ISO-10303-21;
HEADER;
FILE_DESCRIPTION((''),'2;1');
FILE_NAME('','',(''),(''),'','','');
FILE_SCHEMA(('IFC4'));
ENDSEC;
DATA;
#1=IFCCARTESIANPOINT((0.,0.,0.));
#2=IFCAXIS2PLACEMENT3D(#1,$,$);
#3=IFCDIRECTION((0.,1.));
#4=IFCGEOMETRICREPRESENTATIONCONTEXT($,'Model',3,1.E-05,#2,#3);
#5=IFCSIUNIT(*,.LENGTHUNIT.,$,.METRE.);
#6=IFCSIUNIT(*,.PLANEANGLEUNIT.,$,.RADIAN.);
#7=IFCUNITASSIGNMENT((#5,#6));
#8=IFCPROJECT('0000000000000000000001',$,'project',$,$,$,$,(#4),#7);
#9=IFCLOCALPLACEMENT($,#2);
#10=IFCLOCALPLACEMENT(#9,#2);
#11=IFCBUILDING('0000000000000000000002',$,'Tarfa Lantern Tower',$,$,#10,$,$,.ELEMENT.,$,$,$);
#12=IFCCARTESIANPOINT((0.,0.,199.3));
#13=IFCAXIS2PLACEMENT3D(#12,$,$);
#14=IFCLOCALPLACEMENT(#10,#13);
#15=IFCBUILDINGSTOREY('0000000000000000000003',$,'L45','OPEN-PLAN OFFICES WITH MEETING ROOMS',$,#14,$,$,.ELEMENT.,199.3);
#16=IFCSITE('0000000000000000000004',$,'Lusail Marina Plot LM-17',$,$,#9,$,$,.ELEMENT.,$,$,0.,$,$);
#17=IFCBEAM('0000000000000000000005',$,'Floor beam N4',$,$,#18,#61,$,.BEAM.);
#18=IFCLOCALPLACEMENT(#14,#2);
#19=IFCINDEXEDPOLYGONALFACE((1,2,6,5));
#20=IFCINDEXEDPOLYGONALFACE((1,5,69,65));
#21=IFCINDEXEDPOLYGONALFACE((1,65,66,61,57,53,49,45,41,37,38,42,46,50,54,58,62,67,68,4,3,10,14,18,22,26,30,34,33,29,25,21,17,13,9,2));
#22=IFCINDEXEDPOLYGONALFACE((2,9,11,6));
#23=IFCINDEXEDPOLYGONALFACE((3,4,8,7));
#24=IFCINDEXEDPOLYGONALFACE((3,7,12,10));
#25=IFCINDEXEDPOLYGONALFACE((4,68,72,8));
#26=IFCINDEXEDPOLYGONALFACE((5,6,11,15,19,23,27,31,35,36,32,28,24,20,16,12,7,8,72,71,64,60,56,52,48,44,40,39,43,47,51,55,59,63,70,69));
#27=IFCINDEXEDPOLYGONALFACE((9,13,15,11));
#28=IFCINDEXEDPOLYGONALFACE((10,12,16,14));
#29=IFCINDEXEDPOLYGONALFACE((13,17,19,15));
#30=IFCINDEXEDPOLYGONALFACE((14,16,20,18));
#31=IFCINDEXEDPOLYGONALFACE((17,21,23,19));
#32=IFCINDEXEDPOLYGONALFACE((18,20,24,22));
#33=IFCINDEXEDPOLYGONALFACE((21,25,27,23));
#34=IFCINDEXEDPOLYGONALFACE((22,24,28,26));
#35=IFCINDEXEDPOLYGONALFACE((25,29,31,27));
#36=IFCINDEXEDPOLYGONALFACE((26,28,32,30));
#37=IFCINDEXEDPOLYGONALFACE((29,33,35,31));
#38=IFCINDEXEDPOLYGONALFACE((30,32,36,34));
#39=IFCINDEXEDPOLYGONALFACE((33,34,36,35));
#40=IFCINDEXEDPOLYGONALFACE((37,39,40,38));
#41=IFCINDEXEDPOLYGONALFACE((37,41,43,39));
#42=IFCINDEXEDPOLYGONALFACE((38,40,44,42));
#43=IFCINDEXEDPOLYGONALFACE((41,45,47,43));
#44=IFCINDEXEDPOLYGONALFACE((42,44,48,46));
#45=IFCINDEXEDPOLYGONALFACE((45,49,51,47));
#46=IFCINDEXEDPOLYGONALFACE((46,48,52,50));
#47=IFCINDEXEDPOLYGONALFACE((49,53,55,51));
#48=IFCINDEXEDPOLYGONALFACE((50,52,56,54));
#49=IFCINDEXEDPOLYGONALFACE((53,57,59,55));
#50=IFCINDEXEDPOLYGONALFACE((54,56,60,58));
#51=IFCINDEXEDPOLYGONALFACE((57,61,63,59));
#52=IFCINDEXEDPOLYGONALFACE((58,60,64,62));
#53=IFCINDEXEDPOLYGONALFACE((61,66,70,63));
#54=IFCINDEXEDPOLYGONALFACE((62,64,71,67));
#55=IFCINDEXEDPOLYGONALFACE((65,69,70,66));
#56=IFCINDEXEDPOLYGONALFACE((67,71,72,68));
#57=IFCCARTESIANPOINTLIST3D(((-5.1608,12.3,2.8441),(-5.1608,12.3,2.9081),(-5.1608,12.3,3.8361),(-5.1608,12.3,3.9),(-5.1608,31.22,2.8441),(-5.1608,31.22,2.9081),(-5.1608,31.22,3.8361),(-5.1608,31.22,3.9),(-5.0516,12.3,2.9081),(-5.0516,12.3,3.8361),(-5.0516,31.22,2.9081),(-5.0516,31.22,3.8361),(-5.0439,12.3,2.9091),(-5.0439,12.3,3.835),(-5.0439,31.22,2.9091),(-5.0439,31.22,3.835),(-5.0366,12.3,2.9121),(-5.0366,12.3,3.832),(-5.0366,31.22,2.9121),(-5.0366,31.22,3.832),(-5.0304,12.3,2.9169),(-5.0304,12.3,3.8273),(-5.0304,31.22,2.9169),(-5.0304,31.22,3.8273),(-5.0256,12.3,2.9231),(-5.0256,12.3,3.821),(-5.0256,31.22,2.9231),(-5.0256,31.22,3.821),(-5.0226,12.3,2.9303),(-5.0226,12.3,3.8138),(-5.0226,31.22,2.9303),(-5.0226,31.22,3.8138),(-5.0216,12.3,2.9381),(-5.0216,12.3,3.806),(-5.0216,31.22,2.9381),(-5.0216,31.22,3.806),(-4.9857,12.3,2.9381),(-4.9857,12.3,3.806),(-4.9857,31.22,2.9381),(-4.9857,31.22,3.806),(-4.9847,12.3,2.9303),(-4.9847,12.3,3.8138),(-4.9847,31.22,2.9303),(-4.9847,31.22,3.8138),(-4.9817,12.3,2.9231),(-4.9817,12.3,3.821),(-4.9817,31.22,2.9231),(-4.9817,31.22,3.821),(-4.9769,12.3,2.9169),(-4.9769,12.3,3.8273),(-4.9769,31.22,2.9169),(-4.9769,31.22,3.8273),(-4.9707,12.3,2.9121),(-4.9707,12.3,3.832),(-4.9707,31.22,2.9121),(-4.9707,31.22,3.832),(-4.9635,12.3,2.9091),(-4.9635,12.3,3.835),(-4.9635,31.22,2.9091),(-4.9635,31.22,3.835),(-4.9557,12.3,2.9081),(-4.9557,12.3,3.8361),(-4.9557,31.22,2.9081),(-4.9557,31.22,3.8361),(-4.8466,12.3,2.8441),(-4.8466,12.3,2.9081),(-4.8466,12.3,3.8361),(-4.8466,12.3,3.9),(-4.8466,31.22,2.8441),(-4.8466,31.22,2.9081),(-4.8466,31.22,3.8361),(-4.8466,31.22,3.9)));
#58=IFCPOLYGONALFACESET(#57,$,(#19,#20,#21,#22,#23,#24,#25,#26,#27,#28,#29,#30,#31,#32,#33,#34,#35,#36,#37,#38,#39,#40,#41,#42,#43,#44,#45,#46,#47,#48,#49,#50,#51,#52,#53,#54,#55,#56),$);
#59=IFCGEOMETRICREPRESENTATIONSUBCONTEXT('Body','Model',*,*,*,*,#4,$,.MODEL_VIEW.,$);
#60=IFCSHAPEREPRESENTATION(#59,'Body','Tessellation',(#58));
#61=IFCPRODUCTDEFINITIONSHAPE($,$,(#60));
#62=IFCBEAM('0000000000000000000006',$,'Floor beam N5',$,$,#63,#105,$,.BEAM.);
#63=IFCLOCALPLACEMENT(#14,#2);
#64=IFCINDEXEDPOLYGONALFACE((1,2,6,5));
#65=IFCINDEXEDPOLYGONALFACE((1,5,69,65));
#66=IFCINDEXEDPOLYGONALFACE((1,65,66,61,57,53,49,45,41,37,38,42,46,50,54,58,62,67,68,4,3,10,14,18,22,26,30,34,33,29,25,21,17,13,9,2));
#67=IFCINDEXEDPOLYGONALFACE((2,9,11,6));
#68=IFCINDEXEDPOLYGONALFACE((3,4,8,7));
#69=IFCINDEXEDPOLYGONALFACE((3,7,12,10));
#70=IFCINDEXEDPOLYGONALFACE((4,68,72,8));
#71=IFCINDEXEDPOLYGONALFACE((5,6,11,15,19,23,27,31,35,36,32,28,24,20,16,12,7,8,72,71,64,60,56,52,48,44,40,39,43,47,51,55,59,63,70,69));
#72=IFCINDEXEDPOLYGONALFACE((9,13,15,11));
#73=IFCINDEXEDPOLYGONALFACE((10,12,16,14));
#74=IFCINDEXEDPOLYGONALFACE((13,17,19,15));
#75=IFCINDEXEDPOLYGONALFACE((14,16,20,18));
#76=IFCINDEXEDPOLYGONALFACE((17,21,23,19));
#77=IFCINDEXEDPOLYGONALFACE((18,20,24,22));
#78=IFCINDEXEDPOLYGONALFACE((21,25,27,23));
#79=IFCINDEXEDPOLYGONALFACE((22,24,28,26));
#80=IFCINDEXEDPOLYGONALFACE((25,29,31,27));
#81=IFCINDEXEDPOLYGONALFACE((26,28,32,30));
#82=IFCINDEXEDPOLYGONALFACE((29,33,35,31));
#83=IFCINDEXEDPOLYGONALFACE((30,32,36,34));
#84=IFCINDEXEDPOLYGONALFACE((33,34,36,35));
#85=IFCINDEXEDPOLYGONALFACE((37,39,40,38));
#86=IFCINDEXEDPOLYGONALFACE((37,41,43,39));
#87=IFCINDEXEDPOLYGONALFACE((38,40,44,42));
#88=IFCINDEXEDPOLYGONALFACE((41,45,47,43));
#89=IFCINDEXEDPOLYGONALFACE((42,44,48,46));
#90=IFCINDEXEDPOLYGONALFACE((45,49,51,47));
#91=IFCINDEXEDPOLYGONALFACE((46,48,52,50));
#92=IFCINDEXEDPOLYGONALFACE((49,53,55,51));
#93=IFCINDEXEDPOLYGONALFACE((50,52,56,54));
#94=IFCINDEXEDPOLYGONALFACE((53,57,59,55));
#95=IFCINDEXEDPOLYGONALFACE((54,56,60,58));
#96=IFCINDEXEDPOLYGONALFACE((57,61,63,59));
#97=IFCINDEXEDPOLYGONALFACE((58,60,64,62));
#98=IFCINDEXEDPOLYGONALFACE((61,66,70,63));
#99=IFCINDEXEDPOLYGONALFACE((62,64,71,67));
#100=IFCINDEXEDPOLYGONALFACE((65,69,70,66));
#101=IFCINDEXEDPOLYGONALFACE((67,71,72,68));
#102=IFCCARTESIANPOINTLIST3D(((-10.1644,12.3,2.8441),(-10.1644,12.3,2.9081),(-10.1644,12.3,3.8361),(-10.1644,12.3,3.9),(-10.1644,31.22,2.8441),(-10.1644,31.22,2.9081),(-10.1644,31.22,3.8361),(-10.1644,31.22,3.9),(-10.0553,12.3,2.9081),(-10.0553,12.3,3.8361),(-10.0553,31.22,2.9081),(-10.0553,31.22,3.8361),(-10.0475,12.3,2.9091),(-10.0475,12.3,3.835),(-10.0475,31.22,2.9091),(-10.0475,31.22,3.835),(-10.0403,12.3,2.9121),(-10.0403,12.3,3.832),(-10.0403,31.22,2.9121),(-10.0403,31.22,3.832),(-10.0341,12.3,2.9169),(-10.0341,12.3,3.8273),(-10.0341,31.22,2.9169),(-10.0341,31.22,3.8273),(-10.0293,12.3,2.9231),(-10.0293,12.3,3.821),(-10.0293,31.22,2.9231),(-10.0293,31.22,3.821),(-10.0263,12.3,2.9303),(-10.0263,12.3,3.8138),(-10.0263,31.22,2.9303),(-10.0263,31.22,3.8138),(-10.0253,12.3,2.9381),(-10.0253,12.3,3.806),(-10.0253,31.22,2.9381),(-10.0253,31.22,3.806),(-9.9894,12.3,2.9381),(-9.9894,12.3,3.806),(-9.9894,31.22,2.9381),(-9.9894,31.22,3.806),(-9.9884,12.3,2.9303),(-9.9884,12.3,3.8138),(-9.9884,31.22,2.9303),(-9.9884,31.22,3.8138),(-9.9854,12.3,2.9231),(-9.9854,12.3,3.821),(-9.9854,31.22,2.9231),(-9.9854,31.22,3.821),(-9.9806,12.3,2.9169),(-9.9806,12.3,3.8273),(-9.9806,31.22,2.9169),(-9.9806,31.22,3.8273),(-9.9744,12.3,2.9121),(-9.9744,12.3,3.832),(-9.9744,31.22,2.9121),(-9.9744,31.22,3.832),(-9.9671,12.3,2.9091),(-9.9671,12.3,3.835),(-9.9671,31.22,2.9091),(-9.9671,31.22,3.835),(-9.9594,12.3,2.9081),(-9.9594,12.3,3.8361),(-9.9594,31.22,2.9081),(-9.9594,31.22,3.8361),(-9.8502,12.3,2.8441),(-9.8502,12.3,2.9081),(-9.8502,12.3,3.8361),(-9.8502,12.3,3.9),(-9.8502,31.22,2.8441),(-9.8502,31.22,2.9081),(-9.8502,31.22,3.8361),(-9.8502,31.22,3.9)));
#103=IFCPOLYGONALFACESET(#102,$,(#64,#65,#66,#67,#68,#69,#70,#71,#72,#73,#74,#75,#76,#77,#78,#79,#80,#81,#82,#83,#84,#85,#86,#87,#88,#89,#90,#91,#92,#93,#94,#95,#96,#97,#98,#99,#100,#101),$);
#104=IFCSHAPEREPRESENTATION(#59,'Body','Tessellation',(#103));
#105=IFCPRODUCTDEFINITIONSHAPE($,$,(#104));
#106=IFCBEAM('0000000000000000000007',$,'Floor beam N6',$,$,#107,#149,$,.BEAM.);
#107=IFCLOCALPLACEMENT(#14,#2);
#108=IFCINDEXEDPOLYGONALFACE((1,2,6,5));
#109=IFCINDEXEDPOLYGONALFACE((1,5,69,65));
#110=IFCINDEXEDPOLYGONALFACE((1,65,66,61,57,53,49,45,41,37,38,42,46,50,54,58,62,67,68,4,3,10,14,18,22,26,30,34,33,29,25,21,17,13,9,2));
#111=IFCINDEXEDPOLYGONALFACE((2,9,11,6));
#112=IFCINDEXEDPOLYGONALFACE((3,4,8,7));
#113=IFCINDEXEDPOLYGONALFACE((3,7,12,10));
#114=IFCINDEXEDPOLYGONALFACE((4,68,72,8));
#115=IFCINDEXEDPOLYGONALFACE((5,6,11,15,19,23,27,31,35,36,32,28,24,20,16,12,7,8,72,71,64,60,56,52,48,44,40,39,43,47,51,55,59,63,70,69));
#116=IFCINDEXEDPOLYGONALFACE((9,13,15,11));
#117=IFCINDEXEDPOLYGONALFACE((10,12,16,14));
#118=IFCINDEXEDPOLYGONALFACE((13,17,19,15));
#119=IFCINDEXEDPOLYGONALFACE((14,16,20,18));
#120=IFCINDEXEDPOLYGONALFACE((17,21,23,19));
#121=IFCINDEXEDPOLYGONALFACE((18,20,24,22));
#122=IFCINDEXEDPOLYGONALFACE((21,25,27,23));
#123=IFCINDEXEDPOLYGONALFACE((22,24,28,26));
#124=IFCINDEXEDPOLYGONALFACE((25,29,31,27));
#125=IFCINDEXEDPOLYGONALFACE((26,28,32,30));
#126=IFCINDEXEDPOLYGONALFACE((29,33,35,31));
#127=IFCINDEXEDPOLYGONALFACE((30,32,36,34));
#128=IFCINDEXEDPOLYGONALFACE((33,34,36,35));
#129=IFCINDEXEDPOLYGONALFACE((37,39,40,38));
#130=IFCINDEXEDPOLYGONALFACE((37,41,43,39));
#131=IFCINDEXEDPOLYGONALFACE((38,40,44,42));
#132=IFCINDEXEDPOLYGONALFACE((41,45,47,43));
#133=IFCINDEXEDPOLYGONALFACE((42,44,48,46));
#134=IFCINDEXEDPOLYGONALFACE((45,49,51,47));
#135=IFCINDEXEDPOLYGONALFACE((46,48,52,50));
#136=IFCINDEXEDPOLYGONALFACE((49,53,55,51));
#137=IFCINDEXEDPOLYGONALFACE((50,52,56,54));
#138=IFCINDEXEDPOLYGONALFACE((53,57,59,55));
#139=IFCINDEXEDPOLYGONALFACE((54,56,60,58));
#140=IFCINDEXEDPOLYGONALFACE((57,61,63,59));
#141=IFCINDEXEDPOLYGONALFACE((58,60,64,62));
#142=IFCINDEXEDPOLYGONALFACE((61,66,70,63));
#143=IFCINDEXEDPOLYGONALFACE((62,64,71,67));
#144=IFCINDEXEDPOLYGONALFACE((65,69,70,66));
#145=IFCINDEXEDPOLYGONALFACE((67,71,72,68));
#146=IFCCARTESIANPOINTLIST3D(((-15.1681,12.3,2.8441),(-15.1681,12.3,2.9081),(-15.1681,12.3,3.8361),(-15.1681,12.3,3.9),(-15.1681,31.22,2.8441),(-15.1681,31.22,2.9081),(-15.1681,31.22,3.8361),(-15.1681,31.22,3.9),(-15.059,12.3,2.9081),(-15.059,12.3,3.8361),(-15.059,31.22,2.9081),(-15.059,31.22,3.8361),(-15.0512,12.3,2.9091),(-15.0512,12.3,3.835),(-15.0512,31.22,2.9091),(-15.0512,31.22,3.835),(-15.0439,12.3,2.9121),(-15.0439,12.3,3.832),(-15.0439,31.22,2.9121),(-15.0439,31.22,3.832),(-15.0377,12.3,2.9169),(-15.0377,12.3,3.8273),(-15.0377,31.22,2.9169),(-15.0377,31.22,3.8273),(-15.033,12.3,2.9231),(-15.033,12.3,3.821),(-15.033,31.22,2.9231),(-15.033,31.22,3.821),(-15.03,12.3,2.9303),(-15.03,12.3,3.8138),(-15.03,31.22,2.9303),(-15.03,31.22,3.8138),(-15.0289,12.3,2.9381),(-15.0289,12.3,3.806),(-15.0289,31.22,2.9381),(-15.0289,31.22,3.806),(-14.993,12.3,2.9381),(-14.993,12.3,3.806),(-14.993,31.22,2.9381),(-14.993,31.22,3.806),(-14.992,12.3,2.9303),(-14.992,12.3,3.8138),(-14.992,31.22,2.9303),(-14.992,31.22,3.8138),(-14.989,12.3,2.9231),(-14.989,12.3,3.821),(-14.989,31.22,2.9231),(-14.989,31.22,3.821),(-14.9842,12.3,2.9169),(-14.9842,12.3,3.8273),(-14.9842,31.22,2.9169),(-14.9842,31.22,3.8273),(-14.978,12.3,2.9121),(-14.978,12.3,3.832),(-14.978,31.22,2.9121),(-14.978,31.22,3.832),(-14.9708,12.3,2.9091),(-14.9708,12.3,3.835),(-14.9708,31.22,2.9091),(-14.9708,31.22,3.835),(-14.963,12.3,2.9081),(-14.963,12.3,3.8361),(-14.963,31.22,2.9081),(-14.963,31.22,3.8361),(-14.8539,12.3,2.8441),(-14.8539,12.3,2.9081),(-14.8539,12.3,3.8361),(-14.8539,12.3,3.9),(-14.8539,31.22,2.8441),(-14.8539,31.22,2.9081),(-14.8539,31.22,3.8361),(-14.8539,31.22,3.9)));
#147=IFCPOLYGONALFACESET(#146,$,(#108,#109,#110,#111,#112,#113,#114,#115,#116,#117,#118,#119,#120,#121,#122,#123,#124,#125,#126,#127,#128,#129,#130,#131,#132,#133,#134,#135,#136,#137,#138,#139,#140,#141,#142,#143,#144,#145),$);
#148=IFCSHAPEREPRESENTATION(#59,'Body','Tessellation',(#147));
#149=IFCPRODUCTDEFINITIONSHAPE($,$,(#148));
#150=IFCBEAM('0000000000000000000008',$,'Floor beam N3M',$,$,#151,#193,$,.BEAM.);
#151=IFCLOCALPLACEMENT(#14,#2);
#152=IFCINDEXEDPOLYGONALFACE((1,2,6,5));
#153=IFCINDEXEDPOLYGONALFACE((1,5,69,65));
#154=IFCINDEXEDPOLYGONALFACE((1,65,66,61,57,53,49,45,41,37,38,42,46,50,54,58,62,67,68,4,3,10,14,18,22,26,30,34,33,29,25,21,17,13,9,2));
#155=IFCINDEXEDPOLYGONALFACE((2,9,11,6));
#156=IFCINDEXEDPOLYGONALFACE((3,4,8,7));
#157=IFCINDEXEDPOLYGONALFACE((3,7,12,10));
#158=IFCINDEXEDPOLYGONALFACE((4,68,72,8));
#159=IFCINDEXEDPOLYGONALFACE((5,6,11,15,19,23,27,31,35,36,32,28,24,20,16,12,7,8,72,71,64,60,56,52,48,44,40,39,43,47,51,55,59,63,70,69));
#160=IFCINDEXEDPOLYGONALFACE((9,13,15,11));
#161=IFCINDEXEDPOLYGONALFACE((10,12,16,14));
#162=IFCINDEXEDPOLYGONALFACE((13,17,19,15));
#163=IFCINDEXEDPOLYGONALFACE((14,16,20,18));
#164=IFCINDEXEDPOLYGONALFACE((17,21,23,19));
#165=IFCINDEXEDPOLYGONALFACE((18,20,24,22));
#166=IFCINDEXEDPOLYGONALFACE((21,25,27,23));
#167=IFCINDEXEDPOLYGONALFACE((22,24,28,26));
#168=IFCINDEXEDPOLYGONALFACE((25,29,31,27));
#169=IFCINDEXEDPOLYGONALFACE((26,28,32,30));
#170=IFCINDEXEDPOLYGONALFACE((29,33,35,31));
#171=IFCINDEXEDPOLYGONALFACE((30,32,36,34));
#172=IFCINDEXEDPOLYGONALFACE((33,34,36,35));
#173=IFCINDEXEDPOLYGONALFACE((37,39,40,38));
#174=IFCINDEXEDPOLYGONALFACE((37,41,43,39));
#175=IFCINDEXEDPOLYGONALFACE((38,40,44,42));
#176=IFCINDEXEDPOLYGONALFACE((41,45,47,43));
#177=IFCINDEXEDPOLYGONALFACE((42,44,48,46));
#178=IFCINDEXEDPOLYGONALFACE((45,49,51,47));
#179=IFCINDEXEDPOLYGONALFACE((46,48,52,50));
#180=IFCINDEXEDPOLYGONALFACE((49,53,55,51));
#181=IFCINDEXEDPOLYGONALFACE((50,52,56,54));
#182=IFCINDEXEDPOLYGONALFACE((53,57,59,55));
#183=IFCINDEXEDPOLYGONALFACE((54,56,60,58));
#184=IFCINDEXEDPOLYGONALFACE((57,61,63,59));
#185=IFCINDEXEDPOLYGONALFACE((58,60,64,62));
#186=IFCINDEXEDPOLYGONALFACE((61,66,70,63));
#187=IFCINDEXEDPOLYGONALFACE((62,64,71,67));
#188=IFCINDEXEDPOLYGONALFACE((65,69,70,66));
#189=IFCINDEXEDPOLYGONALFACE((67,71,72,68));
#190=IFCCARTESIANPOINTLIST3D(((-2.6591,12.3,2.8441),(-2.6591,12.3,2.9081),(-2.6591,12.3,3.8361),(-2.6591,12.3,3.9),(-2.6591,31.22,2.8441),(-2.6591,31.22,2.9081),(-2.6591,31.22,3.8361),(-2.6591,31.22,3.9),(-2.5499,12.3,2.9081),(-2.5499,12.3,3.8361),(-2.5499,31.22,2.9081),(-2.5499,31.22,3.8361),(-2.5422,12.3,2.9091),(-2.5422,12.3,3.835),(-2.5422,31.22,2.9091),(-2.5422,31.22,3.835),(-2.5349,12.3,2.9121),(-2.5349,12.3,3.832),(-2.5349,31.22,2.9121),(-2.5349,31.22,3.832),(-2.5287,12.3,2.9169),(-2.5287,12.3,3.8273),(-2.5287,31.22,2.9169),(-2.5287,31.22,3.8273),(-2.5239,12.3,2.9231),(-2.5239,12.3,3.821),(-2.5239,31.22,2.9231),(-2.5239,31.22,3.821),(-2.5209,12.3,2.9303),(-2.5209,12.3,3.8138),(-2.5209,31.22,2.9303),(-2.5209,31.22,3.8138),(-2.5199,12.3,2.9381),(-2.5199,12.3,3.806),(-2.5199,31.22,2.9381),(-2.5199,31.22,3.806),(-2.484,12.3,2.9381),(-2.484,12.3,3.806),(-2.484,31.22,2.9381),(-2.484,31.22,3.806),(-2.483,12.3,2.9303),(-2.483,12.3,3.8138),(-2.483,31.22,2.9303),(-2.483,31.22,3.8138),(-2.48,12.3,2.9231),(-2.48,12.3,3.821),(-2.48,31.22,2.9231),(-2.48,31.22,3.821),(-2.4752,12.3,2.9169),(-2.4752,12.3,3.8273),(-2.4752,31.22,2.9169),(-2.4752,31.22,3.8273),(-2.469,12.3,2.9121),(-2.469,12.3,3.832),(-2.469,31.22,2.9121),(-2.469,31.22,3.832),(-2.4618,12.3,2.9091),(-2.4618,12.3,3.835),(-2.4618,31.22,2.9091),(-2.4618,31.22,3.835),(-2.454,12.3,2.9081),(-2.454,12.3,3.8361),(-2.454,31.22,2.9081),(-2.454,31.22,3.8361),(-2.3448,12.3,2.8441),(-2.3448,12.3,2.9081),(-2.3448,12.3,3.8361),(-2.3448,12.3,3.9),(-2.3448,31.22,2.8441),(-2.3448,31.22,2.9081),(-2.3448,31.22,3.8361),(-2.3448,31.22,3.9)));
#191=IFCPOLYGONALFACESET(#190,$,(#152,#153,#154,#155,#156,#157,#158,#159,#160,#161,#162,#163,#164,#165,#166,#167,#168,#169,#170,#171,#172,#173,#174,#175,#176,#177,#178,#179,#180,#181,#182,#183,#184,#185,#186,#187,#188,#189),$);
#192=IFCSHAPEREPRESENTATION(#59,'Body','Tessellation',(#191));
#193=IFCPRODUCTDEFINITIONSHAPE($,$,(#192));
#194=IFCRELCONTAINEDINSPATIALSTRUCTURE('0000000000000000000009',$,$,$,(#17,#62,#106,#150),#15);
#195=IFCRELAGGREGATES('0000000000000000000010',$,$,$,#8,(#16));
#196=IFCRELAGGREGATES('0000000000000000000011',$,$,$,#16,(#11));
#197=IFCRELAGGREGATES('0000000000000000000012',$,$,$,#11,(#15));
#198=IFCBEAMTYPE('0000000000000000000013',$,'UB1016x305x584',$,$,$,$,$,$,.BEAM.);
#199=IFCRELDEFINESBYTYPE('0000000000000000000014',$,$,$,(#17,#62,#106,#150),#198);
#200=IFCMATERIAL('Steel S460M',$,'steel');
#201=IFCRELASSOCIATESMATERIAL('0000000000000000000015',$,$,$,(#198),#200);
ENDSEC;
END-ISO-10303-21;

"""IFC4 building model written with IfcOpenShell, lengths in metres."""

from ifc_helpers import new_model, si_unit, direction, frame, origin, origin_2d, place, context, subcontext, project, spatial, i_section, extrude, material, material_profile, profile_set, type_object, element, save


model = new_model("IFC4")

# Units and contexts
model_context = context("Model", 3, precision=1e-05, world=origin(), true_north=direction((0.0, 1.0)))
body_context = subcontext(model_context, "Body", "Model", "MODEL_VIEW")
ifc_project = project(units=[si_unit("LENGTHUNIT", "METRE"), si_unit("PLANEANGLEUNIT", "RADIAN")], contexts=[model_context])

# Site, building, storey
site_placement = place(None, origin())
site = spatial("IfcSite", under=ifc_project, at=site_placement, Name="Lusail Marina Plot LM-17", CompositionType="ELEMENT", RefElevation=0.0)
building_placement = place(site_placement, origin())
building = spatial("IfcBuilding", under=site, at=building_placement, Name="Tarfa Lantern Tower", CompositionType="ELEMENT")
storey_placement = place(building_placement, frame((0.0, 0.0, 199.3)))
storey = spatial("IfcBuildingStorey", under=building, at=storey_placement, Name="L45", Description="OPEN-PLAN OFFICES WITH MEETING ROOMS", CompositionType="ELEMENT", Elevation=199.3)

# Beams
ifc_material_1 = material(Name="Steel S460M", Category="steel")
ifc_material_profile_1 = material_profile(ifc_material_1, i_section(OverallWidth=0.3142, OverallDepth=1.0559, WebThickness=0.0359, FlangeThickness=0.064, FilletRadius=0.03, at=origin_2d()), Name="UB1016x305x584")
ifc_profile_set_1 = profile_set([ifc_material_profile_1], Name="Steel S460M")
beam_type_1 = type_object("IfcBeamType", Name="UB1016x305x584", PredefinedType="BEAM", material=ifc_profile_set_1)
for number, where, z_axis, x_axis, name in (
    (1, (-5.0037, 31.22, 3.3721), (0.0, -1.0, 0.0), (1.0, 0.0, 0.0), "Floor beam N4"),
    (2, (-10.0073, 31.22, 3.3721), (0.0, -1.0, 0.0), (1.0, 0.0, 0.0), "Floor beam N5"),
    (3, (-15.011, 31.22, 3.3721), (0.0, -1.0, 0.0), (1.0, 0.0, 0.0), "Floor beam N6"),
    (4, (-2.502, 31.22, 3.3721), (0.0, -1.0, 0.0), (1.0, 0.0, 0.0), "Floor beam N3M"),
):
    element("IfcBeam", number, at=place(storey_placement, frame(where, z_axis=z_axis, x_axis=x_axis)), inside=storey, type_object=beam_type_1, Name=name, PredefinedType="BEAM", context=body_context, shape_type="SweptSolid", body=[
        extrude(i_section(OverallWidth=0.3142, OverallDepth=1.0559, WebThickness=0.0359, FlangeThickness=0.064, FilletRadius=0.03, at=origin_2d()), origin(), (0.0, 0.0, 1.0), 18.9199),
    ])

save(model, "model.ifc")
